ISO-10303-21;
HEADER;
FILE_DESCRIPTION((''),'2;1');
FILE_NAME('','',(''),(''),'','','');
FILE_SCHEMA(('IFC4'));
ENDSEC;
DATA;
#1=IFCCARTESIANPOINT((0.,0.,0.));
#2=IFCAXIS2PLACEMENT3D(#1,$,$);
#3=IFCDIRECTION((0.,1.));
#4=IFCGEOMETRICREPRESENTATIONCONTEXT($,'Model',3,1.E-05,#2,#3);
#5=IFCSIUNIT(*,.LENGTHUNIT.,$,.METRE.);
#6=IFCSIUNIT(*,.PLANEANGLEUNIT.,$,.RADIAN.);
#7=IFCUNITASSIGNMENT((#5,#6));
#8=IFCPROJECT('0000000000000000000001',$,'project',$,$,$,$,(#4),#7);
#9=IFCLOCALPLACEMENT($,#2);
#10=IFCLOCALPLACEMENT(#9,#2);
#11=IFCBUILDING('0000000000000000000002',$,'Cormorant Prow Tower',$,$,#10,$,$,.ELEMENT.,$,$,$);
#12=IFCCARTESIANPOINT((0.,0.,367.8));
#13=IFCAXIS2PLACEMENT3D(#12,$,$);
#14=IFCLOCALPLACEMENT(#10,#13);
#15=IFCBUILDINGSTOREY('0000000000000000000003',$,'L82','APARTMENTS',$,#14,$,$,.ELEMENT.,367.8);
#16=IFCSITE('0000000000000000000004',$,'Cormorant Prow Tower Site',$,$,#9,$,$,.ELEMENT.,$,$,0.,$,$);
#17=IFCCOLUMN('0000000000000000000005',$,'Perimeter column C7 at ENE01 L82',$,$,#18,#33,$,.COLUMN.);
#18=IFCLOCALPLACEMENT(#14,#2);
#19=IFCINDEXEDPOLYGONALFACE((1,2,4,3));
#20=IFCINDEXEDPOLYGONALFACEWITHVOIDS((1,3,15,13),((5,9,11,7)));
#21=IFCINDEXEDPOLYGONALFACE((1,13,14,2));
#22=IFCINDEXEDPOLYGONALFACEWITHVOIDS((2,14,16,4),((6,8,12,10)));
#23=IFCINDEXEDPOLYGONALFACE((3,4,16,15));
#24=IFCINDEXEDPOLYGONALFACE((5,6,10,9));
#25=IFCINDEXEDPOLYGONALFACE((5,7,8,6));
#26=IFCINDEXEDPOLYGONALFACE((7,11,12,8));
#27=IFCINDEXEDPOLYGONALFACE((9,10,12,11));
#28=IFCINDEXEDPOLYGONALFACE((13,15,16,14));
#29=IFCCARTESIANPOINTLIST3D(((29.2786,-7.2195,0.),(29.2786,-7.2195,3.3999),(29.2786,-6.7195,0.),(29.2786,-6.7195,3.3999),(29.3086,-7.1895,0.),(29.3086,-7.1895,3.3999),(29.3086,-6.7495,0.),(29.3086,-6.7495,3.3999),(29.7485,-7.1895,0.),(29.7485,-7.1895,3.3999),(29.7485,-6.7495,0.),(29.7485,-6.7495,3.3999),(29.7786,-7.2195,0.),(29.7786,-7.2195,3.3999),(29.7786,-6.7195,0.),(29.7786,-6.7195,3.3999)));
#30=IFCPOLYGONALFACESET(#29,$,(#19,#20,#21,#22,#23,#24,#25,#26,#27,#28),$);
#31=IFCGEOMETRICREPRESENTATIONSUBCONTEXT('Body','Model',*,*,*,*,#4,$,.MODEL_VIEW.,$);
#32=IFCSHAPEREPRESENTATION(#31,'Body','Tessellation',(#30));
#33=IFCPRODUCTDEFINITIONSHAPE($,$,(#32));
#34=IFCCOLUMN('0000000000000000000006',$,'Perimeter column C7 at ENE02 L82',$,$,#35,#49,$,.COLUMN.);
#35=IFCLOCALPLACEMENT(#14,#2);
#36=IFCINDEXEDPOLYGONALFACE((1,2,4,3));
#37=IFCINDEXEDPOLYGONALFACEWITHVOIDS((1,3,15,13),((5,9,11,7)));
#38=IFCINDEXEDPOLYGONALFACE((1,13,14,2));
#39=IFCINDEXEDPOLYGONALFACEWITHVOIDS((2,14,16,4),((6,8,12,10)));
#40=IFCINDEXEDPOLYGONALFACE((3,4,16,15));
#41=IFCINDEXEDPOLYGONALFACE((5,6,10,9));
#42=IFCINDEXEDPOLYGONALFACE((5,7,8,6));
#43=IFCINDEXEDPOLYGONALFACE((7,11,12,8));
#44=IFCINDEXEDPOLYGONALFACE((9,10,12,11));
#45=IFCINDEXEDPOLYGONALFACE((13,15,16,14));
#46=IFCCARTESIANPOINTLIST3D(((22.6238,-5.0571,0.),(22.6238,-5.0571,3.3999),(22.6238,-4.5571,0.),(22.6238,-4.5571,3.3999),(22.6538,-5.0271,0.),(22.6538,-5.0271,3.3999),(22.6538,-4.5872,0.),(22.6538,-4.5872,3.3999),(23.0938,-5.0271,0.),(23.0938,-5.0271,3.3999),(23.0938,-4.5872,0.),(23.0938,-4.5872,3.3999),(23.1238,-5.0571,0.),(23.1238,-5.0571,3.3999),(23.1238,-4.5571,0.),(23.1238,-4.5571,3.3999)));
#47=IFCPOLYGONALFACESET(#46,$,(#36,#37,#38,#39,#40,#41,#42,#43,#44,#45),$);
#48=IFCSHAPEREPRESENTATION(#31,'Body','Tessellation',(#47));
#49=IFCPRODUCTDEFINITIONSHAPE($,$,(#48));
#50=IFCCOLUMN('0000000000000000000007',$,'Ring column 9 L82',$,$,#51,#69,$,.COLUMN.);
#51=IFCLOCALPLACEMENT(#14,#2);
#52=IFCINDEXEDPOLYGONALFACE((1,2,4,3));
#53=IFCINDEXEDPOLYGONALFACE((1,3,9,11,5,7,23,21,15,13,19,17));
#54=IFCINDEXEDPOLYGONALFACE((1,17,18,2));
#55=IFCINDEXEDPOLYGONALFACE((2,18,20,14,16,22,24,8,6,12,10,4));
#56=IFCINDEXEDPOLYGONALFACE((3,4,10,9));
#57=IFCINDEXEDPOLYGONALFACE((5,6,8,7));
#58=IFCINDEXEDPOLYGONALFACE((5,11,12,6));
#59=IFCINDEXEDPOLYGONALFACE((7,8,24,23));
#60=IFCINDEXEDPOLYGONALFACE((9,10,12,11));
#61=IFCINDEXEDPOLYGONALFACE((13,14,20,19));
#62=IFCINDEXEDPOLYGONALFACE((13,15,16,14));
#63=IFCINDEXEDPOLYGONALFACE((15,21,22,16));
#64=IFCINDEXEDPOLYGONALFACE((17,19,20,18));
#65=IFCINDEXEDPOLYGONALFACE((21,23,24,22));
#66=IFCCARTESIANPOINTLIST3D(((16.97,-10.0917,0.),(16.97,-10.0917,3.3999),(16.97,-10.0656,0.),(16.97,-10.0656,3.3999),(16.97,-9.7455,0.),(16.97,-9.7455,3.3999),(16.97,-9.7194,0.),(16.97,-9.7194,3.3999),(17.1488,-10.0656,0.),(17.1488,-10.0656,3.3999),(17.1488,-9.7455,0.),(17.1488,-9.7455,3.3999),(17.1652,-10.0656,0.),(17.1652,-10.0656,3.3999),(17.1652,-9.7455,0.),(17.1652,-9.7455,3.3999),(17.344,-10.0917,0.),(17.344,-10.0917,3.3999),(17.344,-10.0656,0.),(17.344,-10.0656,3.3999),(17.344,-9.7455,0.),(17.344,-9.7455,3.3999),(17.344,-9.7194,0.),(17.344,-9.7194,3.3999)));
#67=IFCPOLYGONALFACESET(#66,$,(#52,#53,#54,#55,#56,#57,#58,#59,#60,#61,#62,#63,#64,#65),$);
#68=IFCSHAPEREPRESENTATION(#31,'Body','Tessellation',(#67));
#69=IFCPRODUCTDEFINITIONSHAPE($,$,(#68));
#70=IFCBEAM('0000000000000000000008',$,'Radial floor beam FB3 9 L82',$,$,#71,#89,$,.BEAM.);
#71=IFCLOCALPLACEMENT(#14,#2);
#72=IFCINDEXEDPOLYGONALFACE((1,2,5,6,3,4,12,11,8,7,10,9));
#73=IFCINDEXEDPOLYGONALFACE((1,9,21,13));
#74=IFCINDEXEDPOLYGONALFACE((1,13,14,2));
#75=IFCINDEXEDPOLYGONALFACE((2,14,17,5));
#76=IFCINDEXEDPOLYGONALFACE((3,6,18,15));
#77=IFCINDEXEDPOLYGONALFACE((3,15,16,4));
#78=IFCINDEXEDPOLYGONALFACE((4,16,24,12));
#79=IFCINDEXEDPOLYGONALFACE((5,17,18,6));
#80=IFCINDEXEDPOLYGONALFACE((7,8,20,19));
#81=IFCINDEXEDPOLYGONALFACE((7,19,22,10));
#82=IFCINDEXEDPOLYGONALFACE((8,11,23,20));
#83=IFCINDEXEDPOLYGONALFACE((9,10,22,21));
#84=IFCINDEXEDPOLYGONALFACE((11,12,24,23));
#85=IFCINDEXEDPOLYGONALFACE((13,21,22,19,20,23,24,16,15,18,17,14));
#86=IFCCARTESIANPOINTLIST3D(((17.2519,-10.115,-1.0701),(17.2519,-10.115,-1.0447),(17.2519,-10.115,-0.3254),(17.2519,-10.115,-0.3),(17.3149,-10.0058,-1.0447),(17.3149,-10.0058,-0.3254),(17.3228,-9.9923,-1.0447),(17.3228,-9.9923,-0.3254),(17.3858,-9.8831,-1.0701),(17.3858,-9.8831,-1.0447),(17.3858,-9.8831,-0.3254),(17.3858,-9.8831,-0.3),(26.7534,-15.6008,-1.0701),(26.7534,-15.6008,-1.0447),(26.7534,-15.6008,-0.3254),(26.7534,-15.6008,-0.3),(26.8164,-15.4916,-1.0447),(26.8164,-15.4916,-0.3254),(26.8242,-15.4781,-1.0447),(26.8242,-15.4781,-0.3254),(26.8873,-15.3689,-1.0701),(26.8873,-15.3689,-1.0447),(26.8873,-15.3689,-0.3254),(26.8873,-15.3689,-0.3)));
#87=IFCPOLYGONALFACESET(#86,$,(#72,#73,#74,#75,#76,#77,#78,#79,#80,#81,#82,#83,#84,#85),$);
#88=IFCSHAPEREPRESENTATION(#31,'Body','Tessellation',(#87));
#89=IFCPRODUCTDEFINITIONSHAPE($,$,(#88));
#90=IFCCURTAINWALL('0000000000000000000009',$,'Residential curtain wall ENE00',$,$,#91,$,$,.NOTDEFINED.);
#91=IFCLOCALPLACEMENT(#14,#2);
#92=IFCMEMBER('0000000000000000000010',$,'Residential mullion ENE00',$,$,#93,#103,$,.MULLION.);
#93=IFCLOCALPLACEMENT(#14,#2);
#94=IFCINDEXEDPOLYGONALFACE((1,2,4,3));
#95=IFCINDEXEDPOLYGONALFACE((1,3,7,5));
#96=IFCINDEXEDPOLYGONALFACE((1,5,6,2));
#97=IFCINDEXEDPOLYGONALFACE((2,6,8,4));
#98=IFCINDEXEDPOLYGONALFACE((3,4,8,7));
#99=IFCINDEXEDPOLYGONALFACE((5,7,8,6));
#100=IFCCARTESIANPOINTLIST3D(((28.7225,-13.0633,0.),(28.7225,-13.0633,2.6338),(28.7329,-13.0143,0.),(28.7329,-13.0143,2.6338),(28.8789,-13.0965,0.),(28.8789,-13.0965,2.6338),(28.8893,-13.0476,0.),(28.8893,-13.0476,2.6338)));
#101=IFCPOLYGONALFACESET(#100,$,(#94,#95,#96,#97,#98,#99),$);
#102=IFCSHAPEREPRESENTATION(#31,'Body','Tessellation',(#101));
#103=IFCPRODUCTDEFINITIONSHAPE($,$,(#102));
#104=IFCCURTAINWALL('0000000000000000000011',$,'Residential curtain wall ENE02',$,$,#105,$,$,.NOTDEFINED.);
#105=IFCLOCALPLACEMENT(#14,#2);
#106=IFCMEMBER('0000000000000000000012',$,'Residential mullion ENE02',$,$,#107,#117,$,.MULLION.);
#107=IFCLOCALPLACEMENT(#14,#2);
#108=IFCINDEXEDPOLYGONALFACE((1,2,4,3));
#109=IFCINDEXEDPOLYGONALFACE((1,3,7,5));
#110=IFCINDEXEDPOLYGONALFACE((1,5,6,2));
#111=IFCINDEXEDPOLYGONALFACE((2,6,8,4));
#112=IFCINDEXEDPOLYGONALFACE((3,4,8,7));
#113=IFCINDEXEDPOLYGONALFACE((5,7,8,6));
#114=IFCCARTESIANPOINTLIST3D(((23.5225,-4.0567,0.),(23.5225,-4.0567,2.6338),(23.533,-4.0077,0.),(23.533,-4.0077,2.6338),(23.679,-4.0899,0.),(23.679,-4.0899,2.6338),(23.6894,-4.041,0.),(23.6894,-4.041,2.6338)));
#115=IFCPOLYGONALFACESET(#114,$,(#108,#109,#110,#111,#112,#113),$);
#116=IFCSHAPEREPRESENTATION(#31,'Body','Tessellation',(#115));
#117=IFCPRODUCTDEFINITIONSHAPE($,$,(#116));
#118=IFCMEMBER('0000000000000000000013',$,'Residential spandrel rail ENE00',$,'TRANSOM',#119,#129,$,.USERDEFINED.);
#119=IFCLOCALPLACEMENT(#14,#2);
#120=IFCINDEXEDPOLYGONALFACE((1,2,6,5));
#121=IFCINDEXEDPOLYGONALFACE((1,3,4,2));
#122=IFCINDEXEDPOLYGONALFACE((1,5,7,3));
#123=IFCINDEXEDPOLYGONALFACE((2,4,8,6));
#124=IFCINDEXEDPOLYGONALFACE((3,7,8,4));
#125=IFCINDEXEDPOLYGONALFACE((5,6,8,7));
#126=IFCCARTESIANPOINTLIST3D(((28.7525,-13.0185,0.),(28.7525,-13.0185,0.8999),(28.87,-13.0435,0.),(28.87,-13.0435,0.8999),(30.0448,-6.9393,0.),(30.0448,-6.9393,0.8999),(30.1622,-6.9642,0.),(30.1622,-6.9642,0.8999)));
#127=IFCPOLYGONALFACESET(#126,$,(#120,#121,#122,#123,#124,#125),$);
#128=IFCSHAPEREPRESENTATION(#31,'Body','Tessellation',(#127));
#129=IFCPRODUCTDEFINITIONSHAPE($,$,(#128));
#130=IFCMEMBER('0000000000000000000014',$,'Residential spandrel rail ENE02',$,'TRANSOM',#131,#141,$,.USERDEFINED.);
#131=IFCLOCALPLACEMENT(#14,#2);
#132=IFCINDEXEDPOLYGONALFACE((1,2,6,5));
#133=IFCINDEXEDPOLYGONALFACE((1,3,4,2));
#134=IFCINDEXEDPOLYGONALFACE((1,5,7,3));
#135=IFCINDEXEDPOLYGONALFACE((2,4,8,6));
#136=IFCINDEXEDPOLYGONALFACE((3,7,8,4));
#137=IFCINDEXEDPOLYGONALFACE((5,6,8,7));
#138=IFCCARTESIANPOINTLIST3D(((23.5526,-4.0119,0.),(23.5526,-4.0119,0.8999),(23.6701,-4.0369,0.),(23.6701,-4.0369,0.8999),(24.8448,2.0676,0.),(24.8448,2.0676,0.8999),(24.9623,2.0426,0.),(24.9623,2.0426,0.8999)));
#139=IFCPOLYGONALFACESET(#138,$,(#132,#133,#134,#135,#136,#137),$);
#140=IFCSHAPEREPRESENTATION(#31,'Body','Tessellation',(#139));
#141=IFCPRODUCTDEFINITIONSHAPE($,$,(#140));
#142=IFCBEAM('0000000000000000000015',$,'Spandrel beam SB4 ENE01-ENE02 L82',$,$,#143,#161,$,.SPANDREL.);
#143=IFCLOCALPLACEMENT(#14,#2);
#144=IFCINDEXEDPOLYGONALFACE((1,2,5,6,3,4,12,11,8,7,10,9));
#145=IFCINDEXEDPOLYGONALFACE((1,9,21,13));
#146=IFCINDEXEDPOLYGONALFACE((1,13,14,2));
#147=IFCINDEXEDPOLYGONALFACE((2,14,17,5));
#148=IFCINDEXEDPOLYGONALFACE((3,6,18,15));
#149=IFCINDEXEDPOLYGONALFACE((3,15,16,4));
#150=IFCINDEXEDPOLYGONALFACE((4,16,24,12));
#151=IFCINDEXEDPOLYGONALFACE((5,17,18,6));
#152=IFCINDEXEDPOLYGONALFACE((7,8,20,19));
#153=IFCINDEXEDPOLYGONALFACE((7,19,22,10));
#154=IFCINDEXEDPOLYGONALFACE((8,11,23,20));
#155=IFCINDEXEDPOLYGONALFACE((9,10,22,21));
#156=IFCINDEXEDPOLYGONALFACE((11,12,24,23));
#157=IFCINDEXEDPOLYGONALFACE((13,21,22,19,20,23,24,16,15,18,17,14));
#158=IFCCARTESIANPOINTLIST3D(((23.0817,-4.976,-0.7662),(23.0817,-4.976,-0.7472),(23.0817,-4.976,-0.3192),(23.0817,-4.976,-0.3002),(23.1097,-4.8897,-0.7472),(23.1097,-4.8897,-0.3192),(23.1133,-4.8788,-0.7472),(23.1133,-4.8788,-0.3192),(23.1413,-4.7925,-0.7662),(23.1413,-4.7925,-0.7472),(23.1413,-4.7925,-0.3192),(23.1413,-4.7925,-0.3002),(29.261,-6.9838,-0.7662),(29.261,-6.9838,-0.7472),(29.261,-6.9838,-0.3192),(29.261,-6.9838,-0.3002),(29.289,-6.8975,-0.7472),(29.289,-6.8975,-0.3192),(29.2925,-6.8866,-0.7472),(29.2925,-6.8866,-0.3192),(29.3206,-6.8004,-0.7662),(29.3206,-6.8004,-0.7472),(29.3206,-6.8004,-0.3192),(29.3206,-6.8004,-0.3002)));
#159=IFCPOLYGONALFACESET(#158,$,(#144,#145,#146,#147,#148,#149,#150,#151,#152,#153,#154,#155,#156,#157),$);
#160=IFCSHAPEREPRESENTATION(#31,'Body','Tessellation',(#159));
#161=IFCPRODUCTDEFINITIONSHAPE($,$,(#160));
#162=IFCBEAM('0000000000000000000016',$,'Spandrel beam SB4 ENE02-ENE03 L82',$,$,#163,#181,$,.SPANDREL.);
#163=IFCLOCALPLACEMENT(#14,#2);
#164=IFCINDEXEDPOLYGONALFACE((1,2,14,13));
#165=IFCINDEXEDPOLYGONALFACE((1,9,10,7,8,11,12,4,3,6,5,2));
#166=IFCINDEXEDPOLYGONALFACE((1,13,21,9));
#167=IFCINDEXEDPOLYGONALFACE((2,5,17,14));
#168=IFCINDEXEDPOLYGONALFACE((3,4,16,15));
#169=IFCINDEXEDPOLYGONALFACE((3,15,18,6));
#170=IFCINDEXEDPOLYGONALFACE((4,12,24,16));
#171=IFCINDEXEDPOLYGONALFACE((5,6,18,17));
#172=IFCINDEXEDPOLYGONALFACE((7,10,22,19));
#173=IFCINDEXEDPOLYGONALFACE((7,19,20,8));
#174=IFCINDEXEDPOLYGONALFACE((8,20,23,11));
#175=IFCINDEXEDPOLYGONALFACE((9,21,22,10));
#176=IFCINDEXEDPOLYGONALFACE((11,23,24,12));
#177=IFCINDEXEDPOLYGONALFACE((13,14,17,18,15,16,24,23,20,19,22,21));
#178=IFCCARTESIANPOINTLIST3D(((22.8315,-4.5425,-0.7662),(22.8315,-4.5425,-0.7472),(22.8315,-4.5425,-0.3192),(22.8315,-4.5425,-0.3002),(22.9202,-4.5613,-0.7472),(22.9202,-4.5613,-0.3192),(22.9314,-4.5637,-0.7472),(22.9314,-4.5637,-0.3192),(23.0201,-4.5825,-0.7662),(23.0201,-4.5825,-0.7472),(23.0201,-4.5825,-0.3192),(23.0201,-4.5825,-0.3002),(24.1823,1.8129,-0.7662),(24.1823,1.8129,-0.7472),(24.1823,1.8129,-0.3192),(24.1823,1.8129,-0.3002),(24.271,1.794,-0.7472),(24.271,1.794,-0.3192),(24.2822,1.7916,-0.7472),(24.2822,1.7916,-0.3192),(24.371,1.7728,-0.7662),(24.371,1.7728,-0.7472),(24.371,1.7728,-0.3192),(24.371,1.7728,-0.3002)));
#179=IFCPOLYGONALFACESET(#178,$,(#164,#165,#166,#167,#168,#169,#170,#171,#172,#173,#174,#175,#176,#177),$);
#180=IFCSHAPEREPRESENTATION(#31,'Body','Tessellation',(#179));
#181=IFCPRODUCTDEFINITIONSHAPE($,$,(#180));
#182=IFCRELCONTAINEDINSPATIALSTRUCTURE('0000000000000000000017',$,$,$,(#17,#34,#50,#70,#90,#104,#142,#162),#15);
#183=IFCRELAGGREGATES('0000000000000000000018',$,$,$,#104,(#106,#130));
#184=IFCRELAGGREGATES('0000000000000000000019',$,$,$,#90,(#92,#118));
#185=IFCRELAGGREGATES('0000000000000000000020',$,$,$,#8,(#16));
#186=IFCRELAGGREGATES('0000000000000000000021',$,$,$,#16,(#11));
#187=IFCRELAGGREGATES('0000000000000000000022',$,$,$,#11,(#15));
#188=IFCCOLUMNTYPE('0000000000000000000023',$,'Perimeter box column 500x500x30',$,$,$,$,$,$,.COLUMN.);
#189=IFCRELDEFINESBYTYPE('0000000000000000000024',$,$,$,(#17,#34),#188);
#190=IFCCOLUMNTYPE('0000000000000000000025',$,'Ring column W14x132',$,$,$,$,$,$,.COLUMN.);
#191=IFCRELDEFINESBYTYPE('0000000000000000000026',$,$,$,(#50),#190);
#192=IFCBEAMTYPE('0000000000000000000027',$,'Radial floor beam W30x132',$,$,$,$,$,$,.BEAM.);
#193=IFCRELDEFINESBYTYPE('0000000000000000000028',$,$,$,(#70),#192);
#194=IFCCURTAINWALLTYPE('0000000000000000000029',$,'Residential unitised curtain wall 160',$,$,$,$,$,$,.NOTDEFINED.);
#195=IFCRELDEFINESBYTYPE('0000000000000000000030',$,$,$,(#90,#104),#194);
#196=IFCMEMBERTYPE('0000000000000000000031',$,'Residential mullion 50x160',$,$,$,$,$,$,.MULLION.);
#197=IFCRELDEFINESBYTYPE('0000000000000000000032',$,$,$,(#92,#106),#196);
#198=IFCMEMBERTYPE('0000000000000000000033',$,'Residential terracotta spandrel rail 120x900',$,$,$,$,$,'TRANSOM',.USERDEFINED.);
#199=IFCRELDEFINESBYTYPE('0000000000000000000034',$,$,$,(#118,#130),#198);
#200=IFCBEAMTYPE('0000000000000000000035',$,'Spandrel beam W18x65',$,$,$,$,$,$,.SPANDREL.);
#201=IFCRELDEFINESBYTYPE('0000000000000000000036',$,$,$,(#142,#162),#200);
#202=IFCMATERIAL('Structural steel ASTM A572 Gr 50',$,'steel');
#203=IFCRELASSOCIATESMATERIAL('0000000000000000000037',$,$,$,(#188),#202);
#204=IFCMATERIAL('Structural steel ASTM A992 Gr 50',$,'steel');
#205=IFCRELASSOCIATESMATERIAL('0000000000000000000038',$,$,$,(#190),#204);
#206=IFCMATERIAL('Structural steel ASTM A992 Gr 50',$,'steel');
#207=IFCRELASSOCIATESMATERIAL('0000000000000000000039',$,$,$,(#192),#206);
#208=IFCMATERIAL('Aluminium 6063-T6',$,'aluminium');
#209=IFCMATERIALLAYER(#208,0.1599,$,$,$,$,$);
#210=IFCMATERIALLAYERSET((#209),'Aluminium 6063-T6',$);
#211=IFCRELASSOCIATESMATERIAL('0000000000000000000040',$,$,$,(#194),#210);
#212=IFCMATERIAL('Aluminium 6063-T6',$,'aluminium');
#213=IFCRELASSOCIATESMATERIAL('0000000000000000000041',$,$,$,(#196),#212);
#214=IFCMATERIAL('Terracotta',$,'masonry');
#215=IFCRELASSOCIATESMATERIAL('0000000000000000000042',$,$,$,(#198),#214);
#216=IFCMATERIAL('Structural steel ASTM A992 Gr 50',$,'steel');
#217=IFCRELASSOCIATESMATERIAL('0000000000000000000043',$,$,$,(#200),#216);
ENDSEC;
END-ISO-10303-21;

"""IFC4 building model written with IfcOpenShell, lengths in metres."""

from ifc_helpers import new_model, si_unit, direction, frame, origin, origin_2d, place, context, subcontext, project, spatial, rectangle, hollow_rectangle, i_section, extrude, material, layer, layer_set, material_profile, profile_set, type_object, element, aggregate, save


model = new_model("IFC4")

# Units and contexts
model_context = context("Model", 3, precision=1e-05, world=origin(), true_north=direction((0.0, 1.0)))
body_context = subcontext(model_context, "Body", "Model", "MODEL_VIEW")
ifc_project = project(units=[si_unit("LENGTHUNIT", "METRE"), si_unit("PLANEANGLEUNIT", "RADIAN")], contexts=[model_context])

# Site, building, storey
site_placement = place(None, origin())
site = spatial("IfcSite", under=ifc_project, at=site_placement, Name="Cormorant Prow Tower Site", CompositionType="ELEMENT", RefElevation=0.0)
building_placement = place(site_placement, origin())
building = spatial("IfcBuilding", under=site, at=building_placement, Name="Cormorant Prow Tower", CompositionType="ELEMENT")
storey_placement = place(building_placement, frame((0.0, 0.0, 367.8)))
storey = spatial("IfcBuildingStorey", under=building, at=storey_placement, Name="L82", Description="APARTMENTS", CompositionType="ELEMENT", Elevation=367.8)

# Columns
ifc_material_1 = material(Name="Structural steel ASTM A572 Gr 50", Category="steel")
ifc_material_profile_1 = material_profile(ifc_material_1, hollow_rectangle(XDim=0.5, YDim=0.5, WallThickness=0.03, at=origin_2d()), Name="Box 500x500x30")
ifc_profile_set_1 = profile_set([ifc_material_profile_1], Name="Structural steel ASTM A572 Gr 50")
column_type_1 = type_object("IfcColumnType", Name="Perimeter box column 500x500x30", PredefinedType="COLUMN", material=ifc_profile_set_1)
for number, where, z_axis, x_axis, name in (
    (1, (29.5286, -6.9695, 0.0), (0.0, 0.0, 1.0), (1.0, 0.0, 0.0), "Perimeter column C7 at ENE01 L82"),
    (2, (22.8738, -4.8071, 0.0), (0.0, 0.0, 1.0), (1.0, 0.0, 0.0), "Perimeter column C7 at ENE02 L82"),
):
    element("IfcColumn", number, at=place(storey_placement, frame(where, z_axis=z_axis, x_axis=x_axis)), inside=storey, type_object=column_type_1, Name=name, PredefinedType="COLUMN", context=body_context, shape_type="SweptSolid", body=[
        extrude(hollow_rectangle(XDim=0.5, YDim=0.5, WallThickness=0.03, at=origin_2d()), origin(), (0.0, 0.0, 1.0), 3.3999),
    ])
ifc_material_2 = material(Name="Structural steel ASTM A992 Gr 50", Category="steel")
ifc_material_profile_2 = material_profile(ifc_material_2, i_section(OverallWidth=0.374, OverallDepth=0.3723, WebThickness=0.0164, FlangeThickness=0.0261, at=origin_2d()), Name="W14x132")
ifc_profile_set_2 = profile_set([ifc_material_profile_2], Name="Structural steel ASTM A992 Gr 50")
column_type_2 = type_object("IfcColumnType", Name="Ring column W14x132", PredefinedType="COLUMN", material=ifc_profile_set_2)
column_placement = place(storey_placement, frame((17.157, -9.9055, 0.0), z_axis=(0.0, 0.0, 1.0), x_axis=(1.0, 0.0, 0.0)))
element("IfcColumn", 3, at=column_placement, inside=storey, type_object=column_type_2, Name="Ring column 9 L82", PredefinedType="COLUMN", context=body_context, shape_type="SweptSolid", body=[
    extrude(i_section(OverallWidth=0.374, OverallDepth=0.3723, WebThickness=0.0164, FlangeThickness=0.0261, at=origin_2d()), origin(), (0.0, 0.0, 1.0), 3.3999),
])

# Beam
ifc_material_3 = material(Name="Structural steel ASTM A992 Gr 50", Category="steel")
ifc_material_profile_3 = material_profile(ifc_material_3, i_section(OverallWidth=0.2678, OverallDepth=0.77, WebThickness=0.0156, FlangeThickness=0.0254, at=origin_2d()), Name="W30x132")
ifc_profile_set_3 = profile_set([ifc_material_profile_3], Name="Structural steel ASTM A992 Gr 50")
beam_type_1 = type_object("IfcBeamType", Name="Radial floor beam W30x132", PredefinedType="BEAM", material=ifc_profile_set_3)
beam_placement = place(storey_placement, frame((17.3188, -9.999, -0.6851), z_axis=(0.866019, -0.500011, 0.0), x_axis=(0.500011, 0.866019, 0.0)))
element("IfcBeam", 4, at=beam_placement, inside=storey, type_object=beam_type_1, Name="Radial floor beam FB3 9 L82", PredefinedType="BEAM", context=body_context, shape_type="SweptSolid", body=[
    extrude(i_section(OverallWidth=0.2678, OverallDepth=0.77, WebThickness=0.0156, FlangeThickness=0.0254, at=origin_2d()), origin(), (0.0, 0.0, 1.0), 10.9714),
])

# Curtain walls, members
ifc_material_4 = material(Name="Aluminium 6063-T6", Category="aluminium")
ifc_layer_1 = layer(ifc_material_4, 0.1599)
ifc_layer_set_1 = layer_set([ifc_layer_1], Name="Aluminium 6063-T6")
curtain_wall_type = type_object("IfcCurtainWallType", Name="Residential unitised curtain wall 160", PredefinedType="NOTDEFINED", material=ifc_layer_set_1)
curtain_wall_1_placement = place(storey_placement, origin())
curtain_wall_1 = element("IfcCurtainWall", 5, at=curtain_wall_1_placement, inside=storey, type_object=curtain_wall_type, Name="Residential curtain wall ENE00", PredefinedType="NOTDEFINED")
ifc_material_5 = material(Name="Aluminium 6063-T6", Category="aluminium")
ifc_material_profile_4 = material_profile(ifc_material_5, rectangle(XDim=0.1599, YDim=0.05, at=origin_2d()), Name="Residential mullion 50x160")
ifc_profile_set_4 = profile_set([ifc_material_profile_4], Name="Aluminium 6063-T6")
member_type_1 = type_object("IfcMemberType", Name="Residential mullion 50x160", PredefinedType="MULLION", material=ifc_profile_set_4)
member_1_placement = place(storey_placement, frame((28.8059, -13.0554, 0.0), z_axis=(0.0, 0.0, 1.0), x_axis=(-0.978148, 0.207912, 0.0)))
member_1 = element("IfcMember", 6, at=member_1_placement, type_object=member_type_1, Name="Residential mullion ENE00", PredefinedType="MULLION", context=body_context, shape_type="SweptSolid", body=[
    extrude(rectangle(XDim=0.1599, YDim=0.05, at=origin_2d()), origin(), (0.0, 0.0, 1.0), 2.6338),
])
curtain_wall_2_placement = place(storey_placement, origin())
curtain_wall_2 = element("IfcCurtainWall", 7, at=curtain_wall_2_placement, inside=storey, type_object=curtain_wall_type, Name="Residential curtain wall ENE02", PredefinedType="NOTDEFINED")
member_2_placement = place(storey_placement, frame((23.606, -4.0488, 0.0), z_axis=(0.0, 0.0, 1.0), x_axis=(-0.978148, 0.207912, 0.0)))
member_2 = element("IfcMember", 8, at=member_2_placement, type_object=member_type_1, Name="Residential mullion ENE02", PredefinedType="MULLION", context=body_context, shape_type="SweptSolid", body=[
    extrude(rectangle(XDim=0.1599, YDim=0.05, at=origin_2d()), origin(), (0.0, 0.0, 1.0), 2.6338),
])

# Members
ifc_material_6 = material(Name="Terracotta", Category="masonry")
ifc_material_profile_5 = material_profile(ifc_material_6, rectangle(XDim=0.1201, YDim=0.8999, at=origin_2d()), Name="Residential terracotta spandrel rail 120x900")
ifc_profile_set_5 = profile_set([ifc_material_profile_5], Name="Terracotta")
member_type_2 = type_object("IfcMemberType", Name="Residential terracotta spandrel rail 120x900", ElementType="TRANSOM", PredefinedType="USERDEFINED", material=ifc_profile_set_5)
member_3_placement = place(storey_placement, frame((28.8113, -13.031, 0.45), z_axis=(0.207917, 0.978147, 0.0), x_axis=(-0.978147, 0.207917, 0.0)))
member_3 = element("IfcMember", 9, at=member_3_placement, type_object=member_type_2, Name="Residential spandrel rail ENE00", ObjectType="TRANSOM", PredefinedType="USERDEFINED", context=body_context, shape_type="SweptSolid", body=[
    extrude(rectangle(XDim=0.1201, YDim=0.8999, at=origin_2d()), origin(), (0.0, 0.0, 1.0), 6.2151),
])
member_4_placement = place(storey_placement, frame((23.6113, -4.0244, 0.45), z_axis=(0.207909, 0.978148, 0.0), x_axis=(-0.978148, 0.207909, 0.0)))
member_4 = element("IfcMember", 10, at=member_4_placement, type_object=member_type_2, Name="Residential spandrel rail ENE02", ObjectType="TRANSOM", PredefinedType="USERDEFINED", context=body_context, shape_type="SweptSolid", body=[
    extrude(rectangle(XDim=0.1201, YDim=0.8999, at=origin_2d()), origin(), (0.0, 0.0, 1.0), 6.2153),
])
aggregate(curtain_wall_2, [member_2, member_4])

# Beams
ifc_material_7 = material(Name="Structural steel ASTM A992 Gr 50", Category="steel")
ifc_material_profile_6 = material_profile(ifc_material_7, i_section(OverallWidth=0.1929, OverallDepth=0.4661, WebThickness=0.0115, FlangeThickness=0.019, at=origin_2d()), Name="W18x65")
ifc_profile_set_6 = profile_set([ifc_material_profile_6], Name="Structural steel ASTM A992 Gr 50")
beam_type_2 = type_object("IfcBeamType", Name="Spandrel beam W18x65", PredefinedType="SPANDREL", material=ifc_profile_set_6)
for number, where, z_axis, x_axis, name in (
    (11, (29.2908, -6.8921, -0.5332), (-0.951053, 0.309027, 0.0), (-0.309027, -0.951053, 0.0), "Spandrel beam SB4 ENE01-ENE02 L82"),
    (12, (22.9258, -4.5625, -0.5332), (0.20791, 0.978148, 0.0), (-0.978148, 0.20791, 0.0), "Spandrel beam SB4 ENE02-ENE03 L82"),
):
    element("IfcBeam", number, at=place(storey_placement, frame(where, z_axis=z_axis, x_axis=x_axis)), inside=storey, type_object=beam_type_2, Name=name, PredefinedType="SPANDREL", context=body_context, shape_type="SweptSolid", body=[
        extrude(i_section(OverallWidth=0.1929, OverallDepth=0.4661, WebThickness=0.0115, FlangeThickness=0.019, at=origin_2d()), origin(), (0.0, 0.0, 1.0), 6.4973),
    ])

aggregate(curtain_wall_1, [member_1, member_3])

save(model, "model.ifc")
